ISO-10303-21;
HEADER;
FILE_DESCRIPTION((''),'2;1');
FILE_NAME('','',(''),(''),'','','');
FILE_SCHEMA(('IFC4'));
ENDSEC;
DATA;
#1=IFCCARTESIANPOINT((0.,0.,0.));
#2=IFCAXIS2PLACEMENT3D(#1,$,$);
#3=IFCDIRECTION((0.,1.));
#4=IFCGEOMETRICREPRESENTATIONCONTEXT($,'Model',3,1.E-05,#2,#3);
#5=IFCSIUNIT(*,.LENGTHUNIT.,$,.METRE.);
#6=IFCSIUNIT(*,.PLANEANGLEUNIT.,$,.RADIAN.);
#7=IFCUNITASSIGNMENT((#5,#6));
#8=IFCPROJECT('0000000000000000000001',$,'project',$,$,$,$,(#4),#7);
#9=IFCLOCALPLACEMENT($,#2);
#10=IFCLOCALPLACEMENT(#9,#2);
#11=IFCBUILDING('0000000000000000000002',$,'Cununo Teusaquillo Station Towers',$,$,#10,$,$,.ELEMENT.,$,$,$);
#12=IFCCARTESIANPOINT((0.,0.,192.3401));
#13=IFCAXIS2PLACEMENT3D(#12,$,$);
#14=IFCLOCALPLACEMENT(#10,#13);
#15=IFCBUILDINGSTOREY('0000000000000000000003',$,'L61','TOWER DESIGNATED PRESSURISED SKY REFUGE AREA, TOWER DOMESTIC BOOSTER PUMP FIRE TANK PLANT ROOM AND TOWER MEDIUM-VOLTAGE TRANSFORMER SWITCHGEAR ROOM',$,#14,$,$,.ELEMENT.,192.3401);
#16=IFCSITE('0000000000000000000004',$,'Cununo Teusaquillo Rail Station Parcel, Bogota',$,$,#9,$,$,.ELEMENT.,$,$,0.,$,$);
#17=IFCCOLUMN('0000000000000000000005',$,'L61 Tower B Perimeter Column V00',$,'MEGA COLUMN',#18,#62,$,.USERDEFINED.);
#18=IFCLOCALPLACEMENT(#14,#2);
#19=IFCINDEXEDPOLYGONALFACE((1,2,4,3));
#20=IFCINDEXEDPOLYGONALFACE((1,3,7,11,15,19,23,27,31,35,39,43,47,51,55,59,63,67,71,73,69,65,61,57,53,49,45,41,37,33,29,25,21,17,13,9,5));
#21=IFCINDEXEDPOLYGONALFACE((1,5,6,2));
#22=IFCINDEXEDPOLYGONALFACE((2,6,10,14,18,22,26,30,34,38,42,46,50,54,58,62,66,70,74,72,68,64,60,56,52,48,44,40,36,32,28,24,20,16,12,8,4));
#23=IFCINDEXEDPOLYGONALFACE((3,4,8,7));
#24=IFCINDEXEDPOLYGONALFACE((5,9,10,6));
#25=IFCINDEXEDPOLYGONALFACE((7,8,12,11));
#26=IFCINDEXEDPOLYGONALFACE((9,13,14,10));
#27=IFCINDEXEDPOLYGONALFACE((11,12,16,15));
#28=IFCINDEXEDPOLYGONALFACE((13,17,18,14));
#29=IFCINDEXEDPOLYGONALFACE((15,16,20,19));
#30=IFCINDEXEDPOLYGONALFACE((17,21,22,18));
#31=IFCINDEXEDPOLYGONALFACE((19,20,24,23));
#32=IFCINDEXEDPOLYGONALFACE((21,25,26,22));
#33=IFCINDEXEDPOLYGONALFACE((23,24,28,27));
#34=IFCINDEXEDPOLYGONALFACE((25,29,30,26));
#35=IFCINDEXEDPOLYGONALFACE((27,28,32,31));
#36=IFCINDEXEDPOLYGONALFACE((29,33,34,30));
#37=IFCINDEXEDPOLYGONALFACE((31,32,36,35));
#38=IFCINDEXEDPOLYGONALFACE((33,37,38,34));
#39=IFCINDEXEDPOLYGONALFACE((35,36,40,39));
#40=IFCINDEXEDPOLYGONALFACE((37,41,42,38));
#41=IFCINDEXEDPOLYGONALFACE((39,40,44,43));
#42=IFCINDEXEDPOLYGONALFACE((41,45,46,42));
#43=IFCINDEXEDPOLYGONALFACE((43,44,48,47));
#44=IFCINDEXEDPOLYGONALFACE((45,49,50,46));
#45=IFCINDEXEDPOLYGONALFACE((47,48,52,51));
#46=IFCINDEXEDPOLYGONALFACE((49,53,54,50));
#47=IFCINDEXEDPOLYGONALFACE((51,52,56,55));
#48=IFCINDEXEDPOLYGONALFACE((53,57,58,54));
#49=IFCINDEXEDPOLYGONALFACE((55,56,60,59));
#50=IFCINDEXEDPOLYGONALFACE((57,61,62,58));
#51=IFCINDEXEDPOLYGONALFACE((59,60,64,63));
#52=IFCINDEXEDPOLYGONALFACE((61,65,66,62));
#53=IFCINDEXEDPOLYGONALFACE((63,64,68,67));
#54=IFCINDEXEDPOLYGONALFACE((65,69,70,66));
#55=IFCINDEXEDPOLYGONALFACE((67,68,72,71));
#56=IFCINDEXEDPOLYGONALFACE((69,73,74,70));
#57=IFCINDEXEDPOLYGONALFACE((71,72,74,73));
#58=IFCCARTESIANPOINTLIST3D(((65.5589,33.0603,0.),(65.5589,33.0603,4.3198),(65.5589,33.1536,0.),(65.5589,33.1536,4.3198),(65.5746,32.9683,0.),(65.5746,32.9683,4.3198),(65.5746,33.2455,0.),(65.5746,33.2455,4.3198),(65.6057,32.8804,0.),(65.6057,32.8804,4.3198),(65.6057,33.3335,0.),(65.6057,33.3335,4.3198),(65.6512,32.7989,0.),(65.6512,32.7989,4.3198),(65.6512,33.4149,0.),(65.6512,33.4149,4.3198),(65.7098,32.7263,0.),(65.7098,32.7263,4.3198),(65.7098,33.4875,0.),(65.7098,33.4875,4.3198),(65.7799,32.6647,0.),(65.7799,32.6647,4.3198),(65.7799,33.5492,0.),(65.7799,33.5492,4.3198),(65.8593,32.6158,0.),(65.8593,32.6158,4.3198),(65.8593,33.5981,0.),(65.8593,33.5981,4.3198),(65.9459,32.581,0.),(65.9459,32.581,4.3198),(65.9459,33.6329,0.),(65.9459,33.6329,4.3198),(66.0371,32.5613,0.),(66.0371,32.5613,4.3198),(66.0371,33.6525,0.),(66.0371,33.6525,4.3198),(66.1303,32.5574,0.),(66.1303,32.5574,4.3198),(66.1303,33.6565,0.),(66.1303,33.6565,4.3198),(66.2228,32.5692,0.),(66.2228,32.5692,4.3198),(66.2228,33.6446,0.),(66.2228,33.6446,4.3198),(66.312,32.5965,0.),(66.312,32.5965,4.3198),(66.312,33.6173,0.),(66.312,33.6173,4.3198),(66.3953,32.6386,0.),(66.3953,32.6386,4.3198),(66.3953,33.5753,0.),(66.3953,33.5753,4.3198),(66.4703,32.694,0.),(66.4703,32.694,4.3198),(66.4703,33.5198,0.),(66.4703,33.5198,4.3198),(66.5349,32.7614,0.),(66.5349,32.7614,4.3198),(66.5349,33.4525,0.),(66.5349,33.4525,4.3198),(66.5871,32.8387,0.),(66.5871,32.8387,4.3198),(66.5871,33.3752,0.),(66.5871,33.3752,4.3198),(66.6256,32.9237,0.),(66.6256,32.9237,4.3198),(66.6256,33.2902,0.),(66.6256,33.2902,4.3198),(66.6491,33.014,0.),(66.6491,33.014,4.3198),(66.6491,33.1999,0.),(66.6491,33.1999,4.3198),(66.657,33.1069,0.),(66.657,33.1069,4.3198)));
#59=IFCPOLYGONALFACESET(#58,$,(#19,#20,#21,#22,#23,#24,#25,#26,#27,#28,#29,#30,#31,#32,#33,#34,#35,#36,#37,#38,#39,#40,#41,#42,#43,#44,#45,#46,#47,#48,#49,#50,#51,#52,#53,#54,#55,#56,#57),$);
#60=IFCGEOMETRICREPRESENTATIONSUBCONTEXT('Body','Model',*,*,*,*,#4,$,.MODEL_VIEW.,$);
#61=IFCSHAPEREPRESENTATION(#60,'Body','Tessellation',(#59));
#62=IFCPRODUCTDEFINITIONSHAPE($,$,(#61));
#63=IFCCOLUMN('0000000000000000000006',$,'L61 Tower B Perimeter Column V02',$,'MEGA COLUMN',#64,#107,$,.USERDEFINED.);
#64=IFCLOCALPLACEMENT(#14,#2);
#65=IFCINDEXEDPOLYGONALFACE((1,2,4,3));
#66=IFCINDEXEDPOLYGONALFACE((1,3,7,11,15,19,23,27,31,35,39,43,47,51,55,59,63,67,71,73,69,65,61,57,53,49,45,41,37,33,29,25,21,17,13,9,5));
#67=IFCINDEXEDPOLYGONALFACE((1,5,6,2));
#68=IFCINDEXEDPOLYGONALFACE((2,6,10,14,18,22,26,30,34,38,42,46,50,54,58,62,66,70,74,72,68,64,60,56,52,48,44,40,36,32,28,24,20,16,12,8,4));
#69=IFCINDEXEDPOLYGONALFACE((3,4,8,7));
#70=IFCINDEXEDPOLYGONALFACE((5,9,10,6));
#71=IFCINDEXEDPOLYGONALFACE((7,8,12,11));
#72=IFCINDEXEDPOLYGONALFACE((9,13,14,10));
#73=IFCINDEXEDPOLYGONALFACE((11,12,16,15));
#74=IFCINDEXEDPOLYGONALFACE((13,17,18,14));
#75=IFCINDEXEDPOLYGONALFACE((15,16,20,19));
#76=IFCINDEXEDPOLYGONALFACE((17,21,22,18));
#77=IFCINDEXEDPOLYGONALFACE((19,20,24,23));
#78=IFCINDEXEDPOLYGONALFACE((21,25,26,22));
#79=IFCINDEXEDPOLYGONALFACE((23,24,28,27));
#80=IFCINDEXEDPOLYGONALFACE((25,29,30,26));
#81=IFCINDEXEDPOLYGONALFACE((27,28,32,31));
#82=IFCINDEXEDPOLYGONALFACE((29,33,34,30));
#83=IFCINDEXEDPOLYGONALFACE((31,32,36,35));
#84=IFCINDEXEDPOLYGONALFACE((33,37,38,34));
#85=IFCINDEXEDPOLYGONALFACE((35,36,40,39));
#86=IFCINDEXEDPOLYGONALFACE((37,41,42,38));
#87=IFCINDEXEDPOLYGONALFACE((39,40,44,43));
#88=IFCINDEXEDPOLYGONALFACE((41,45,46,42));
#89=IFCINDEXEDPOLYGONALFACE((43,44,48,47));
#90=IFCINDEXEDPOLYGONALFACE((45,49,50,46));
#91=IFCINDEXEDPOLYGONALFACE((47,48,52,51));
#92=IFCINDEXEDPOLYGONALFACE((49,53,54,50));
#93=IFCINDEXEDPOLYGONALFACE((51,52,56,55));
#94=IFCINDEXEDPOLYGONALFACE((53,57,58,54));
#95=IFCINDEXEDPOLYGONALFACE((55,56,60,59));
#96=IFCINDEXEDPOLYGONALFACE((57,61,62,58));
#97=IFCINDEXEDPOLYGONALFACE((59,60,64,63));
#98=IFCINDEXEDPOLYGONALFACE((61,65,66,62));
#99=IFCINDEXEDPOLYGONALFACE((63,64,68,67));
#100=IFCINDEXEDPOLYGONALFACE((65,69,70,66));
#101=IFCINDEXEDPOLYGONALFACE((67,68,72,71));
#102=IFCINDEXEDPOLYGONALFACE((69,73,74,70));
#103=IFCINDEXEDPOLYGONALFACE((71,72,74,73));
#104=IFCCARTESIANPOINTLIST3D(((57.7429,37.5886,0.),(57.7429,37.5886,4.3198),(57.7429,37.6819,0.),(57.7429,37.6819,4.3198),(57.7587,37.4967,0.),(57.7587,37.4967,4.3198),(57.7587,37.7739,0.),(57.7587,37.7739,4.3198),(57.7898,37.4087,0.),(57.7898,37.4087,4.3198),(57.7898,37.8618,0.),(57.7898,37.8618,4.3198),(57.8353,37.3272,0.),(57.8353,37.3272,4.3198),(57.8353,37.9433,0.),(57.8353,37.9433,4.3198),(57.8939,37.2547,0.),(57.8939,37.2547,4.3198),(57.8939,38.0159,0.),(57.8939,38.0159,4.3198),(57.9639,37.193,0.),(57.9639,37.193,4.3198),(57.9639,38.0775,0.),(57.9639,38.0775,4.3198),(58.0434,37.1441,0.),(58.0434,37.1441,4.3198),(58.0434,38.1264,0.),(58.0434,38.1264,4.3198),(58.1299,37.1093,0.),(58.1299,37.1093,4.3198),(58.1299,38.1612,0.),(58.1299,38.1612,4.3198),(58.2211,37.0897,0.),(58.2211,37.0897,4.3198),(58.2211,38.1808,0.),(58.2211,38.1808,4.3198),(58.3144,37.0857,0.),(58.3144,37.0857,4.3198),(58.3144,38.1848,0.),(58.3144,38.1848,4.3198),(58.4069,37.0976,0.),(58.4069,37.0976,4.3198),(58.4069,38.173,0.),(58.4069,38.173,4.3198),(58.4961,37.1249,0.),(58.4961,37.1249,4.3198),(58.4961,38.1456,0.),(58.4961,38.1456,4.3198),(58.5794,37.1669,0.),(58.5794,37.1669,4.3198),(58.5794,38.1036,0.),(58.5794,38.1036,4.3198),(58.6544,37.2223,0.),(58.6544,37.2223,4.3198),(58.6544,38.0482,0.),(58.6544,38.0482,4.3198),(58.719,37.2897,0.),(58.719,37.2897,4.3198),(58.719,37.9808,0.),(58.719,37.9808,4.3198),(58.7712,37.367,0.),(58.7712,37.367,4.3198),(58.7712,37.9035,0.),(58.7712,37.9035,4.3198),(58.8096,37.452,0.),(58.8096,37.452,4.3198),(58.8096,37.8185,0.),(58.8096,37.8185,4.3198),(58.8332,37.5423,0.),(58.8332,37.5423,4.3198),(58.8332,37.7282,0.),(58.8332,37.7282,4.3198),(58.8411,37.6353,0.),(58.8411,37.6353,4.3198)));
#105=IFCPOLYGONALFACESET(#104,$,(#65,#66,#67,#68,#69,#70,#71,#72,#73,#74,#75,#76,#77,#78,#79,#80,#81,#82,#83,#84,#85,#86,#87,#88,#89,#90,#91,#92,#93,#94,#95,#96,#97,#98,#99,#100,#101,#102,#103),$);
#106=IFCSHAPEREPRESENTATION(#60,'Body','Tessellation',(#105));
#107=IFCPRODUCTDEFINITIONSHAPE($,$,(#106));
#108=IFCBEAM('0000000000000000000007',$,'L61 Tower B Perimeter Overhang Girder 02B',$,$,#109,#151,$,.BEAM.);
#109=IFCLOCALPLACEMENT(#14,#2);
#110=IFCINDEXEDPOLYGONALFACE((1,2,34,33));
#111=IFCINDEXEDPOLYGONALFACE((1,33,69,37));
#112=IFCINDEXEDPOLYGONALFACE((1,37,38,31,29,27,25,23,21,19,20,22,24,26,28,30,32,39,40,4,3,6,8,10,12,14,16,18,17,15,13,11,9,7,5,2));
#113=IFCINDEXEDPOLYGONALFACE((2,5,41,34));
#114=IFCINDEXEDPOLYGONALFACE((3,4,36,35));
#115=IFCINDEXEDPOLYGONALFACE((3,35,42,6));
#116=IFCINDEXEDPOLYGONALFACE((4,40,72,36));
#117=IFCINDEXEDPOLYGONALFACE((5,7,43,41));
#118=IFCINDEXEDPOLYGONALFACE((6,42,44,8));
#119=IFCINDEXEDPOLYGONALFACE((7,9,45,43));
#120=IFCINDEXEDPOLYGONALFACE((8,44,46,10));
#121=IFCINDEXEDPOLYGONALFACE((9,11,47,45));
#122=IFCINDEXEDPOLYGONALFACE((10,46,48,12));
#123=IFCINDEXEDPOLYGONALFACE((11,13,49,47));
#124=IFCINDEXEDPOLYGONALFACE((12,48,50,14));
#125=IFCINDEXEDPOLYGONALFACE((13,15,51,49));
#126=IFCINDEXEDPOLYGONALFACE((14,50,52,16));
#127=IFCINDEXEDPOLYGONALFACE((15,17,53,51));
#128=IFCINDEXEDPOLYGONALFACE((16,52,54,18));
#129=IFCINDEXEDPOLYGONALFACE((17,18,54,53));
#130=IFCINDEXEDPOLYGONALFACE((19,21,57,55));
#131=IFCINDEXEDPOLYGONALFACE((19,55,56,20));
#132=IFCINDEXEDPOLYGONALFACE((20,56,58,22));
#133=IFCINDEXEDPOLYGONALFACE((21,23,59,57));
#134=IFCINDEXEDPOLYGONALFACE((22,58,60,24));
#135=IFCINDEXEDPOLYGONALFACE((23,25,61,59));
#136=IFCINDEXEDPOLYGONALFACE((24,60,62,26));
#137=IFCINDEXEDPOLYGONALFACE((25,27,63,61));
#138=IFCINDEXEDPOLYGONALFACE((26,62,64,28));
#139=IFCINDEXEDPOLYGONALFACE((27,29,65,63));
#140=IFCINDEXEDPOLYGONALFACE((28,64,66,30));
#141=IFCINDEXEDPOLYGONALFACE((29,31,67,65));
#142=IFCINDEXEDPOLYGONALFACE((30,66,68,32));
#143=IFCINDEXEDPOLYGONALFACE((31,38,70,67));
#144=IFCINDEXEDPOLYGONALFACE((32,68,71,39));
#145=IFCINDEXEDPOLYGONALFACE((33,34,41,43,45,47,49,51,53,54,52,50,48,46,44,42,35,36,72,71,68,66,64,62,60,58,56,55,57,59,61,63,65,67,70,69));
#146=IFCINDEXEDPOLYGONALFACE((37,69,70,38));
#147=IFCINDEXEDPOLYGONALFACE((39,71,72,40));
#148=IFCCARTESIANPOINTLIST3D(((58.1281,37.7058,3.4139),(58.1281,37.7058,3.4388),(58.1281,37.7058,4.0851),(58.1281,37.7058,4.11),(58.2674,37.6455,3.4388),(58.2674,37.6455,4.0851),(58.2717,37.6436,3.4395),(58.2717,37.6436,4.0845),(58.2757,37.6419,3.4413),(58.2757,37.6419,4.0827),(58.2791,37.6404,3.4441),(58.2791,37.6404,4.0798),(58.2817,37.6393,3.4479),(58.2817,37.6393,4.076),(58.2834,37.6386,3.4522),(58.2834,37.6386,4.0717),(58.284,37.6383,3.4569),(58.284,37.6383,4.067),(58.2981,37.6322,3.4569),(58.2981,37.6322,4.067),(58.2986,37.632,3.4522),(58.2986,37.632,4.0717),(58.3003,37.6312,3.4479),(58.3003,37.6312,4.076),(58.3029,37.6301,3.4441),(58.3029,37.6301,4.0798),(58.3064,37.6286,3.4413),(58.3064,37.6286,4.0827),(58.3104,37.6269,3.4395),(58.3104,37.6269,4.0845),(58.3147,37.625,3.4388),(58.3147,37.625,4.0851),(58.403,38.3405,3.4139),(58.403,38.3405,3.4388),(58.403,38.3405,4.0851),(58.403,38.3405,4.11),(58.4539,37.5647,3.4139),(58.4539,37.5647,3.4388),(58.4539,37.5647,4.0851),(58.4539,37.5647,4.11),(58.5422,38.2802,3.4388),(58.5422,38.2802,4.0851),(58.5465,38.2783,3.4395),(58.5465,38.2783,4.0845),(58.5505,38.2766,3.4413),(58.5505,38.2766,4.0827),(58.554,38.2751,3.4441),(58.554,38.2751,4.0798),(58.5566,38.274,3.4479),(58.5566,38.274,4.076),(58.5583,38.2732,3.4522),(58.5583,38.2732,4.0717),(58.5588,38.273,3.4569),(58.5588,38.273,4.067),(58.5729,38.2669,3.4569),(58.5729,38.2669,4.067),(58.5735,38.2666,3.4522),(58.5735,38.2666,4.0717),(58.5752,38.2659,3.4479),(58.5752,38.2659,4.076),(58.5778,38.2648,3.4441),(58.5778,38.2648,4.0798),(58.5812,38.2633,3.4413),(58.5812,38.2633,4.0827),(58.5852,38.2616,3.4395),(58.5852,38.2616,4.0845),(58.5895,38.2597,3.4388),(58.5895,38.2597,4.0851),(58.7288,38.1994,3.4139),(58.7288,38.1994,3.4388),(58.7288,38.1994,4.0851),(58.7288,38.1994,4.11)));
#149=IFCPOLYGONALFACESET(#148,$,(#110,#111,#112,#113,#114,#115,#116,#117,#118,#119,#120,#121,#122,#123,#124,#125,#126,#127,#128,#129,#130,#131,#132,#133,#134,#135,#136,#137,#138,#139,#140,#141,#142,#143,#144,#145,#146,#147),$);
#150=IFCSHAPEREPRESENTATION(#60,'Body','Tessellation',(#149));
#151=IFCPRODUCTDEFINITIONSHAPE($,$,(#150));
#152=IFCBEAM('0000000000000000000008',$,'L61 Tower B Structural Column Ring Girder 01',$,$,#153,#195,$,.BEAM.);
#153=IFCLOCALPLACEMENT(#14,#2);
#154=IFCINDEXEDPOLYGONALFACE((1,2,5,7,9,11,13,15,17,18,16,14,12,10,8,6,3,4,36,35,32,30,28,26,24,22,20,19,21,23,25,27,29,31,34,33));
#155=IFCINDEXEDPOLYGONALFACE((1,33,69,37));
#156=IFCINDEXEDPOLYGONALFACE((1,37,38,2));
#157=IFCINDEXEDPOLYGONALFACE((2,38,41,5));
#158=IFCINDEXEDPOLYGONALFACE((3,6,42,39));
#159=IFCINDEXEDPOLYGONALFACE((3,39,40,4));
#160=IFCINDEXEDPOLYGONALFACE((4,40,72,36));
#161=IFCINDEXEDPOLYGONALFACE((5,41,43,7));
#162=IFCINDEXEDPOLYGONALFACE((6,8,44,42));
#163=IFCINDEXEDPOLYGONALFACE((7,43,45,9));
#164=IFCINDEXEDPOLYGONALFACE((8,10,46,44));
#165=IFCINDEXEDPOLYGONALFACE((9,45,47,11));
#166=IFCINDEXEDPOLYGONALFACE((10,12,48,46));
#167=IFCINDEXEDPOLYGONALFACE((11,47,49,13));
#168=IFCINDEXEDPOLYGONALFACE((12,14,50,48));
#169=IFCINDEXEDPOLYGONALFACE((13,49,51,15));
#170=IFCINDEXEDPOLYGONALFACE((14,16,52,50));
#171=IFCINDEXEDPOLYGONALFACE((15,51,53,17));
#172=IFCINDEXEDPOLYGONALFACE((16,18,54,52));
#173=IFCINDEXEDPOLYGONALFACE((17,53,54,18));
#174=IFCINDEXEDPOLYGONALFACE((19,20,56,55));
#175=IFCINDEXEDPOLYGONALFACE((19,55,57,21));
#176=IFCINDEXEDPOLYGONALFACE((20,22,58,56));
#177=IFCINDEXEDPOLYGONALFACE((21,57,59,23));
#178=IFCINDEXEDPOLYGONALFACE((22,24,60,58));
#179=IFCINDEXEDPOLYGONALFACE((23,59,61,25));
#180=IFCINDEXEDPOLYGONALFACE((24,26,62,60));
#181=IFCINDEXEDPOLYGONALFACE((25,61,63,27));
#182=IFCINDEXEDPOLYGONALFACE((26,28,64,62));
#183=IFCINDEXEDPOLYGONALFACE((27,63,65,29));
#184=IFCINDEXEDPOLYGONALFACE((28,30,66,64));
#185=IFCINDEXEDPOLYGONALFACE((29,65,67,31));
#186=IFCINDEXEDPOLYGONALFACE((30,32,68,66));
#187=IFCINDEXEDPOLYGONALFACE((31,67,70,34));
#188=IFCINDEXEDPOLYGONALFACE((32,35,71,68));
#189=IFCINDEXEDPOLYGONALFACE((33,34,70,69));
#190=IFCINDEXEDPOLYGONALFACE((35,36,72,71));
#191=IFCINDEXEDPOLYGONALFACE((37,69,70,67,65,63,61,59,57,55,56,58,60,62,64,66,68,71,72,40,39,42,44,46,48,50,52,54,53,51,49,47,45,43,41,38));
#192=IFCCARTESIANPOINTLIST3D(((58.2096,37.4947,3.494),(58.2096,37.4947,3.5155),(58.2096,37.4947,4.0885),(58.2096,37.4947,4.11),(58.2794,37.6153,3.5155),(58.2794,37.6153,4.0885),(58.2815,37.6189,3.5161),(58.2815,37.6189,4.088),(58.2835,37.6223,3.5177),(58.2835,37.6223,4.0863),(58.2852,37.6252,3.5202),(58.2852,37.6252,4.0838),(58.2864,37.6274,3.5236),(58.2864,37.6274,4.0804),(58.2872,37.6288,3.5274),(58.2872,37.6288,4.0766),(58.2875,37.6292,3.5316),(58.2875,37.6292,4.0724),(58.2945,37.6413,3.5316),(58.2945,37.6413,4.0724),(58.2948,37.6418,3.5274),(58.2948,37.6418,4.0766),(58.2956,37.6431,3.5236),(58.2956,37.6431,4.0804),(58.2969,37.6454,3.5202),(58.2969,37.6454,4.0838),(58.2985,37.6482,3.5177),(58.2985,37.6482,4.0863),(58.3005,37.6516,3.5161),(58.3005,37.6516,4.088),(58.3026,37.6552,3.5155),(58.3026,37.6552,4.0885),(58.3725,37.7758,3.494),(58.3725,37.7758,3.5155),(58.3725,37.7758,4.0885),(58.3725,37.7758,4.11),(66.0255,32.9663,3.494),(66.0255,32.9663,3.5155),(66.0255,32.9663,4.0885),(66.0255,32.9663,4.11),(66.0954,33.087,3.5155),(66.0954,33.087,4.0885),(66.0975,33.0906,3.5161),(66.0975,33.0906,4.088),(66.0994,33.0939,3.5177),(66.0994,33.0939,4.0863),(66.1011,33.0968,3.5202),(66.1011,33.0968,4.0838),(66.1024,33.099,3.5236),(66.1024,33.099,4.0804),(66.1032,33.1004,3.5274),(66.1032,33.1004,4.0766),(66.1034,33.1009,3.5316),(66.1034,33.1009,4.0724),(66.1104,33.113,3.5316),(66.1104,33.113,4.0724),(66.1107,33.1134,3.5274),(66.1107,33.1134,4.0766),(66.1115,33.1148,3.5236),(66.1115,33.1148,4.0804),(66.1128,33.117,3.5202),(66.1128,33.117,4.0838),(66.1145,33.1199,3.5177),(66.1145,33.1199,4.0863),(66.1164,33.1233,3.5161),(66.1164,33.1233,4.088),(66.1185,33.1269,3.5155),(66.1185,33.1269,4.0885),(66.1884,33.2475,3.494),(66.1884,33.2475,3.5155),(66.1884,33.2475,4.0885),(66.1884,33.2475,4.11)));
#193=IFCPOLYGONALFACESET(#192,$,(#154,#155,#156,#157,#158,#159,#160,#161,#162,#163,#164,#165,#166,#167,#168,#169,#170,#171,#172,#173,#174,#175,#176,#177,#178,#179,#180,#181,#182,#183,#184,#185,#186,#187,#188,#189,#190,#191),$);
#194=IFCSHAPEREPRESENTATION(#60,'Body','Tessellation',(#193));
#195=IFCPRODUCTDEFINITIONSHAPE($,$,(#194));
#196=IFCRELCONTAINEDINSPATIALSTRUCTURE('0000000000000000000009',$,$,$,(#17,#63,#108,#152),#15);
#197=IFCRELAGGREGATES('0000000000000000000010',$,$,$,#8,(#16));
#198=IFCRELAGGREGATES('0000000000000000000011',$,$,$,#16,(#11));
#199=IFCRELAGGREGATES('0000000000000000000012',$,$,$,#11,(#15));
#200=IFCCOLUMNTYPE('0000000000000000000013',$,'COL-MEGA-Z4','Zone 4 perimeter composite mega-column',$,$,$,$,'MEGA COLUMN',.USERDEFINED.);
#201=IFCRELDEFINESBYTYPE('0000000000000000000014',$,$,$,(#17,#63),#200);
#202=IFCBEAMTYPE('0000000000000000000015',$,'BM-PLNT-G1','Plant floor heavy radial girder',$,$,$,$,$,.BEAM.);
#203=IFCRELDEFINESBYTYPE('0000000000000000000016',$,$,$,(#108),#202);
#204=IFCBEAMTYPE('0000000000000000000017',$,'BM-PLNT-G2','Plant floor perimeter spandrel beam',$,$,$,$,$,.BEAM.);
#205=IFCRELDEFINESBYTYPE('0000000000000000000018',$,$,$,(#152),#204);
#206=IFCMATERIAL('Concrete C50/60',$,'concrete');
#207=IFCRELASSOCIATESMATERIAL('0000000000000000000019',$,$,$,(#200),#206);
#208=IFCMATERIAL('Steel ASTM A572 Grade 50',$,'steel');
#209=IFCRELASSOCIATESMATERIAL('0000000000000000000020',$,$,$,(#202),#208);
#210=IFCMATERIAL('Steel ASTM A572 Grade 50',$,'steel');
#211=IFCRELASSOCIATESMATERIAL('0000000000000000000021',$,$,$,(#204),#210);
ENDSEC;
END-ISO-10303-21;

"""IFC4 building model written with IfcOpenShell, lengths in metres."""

from ifc_helpers import new_model, si_unit, direction, frame, origin, origin_2d, place, context, subcontext, project, spatial, circle, i_section, extrude, material, material_profile, profile_set, type_object, element, save


model = new_model("IFC4")

# Units and contexts
model_context = context("Model", 3, precision=1e-05, world=origin(), true_north=direction((0.0, 1.0)))
body_context = subcontext(model_context, "Body", "Model", "MODEL_VIEW")
ifc_project = project(units=[si_unit("LENGTHUNIT", "METRE"), si_unit("PLANEANGLEUNIT", "RADIAN")], contexts=[model_context])

# Site, building, storey
site_placement = place(None, origin())
site = spatial("IfcSite", under=ifc_project, at=site_placement, Name="Cununo Teusaquillo Rail Station Parcel, Bogota", CompositionType="ELEMENT", RefElevation=0.0)
building_placement = place(site_placement, origin())
building = spatial("IfcBuilding", under=site, at=building_placement, Name="Cununo Teusaquillo Station Towers", CompositionType="ELEMENT")
storey_placement = place(building_placement, frame((0.0, 0.0, 192.3401)))
storey = spatial("IfcBuildingStorey", under=building, at=storey_placement, Name="L61", Description="TOWER DESIGNATED PRESSURISED SKY REFUGE AREA, TOWER DOMESTIC BOOSTER PUMP FIRE TANK PLANT ROOM AND TOWER MEDIUM-VOLTAGE TRANSFORMER SWITCHGEAR ROOM", CompositionType="ELEMENT", Elevation=192.3401)

# Columns
ifc_material_1 = material(Name="Concrete C50/60", Category="concrete")
ifc_material_profile_1 = material_profile(ifc_material_1, circle(Radius=0.55, at=origin_2d()), Name="RC-CIRC-1100")
ifc_profile_set_1 = profile_set([ifc_material_profile_1], Name="Concrete C50/60")
column_type = type_object("IfcColumnType", Name="COL-MEGA-Z4", Description="Zone 4 perimeter composite mega-column", ElementType="MEGA COLUMN", PredefinedType="USERDEFINED", material=ifc_profile_set_1)
for number, where, z_axis, x_axis, name in (
    (1, (66.1069, 33.1069, 0.0), (0.0, 0.0, 1.0), (1.0, 0.0, 0.0), "L61 Tower B Perimeter Column V00"),
    (2, (58.291, 37.6353, 0.0), (0.0, 0.0, 1.0), (1.0, 0.0, 0.0), "L61 Tower B Perimeter Column V02"),
):
    element("IfcColumn", number, at=place(storey_placement, frame(where, z_axis=z_axis, x_axis=x_axis)), inside=storey, type_object=column_type, Name=name, ObjectType="MEGA COLUMN", PredefinedType="USERDEFINED", context=body_context, shape_type="SweptSolid", body=[
        extrude(circle(Radius=0.55, at=origin_2d()), origin(), (0.0, 0.0, 1.0), 4.3198),
    ])

# Beams
ifc_material_2 = material(Name="Steel ASTM A572 Grade 50", Category="steel")
ifc_material_profile_2 = material_profile(ifc_material_2, i_section(OverallWidth=0.355, OverallDepth=0.696, WebThickness=0.0154, FlangeThickness=0.0249, FilletRadius=0.0181, at=origin_2d()), Name="W27X146")
ifc_profile_set_2 = profile_set([ifc_material_profile_2], Name="Steel ASTM A572 Grade 50")
beam_type_1 = type_object("IfcBeamType", Name="BM-PLNT-G1", Description="Plant floor heavy radial girder", PredefinedType="BEAM", material=ifc_profile_set_2)
beam_1_placement = place(storey_placement, frame((58.291, 37.6353, 3.762), z_axis=(0.397409, 0.917641, 0.0), x_axis=(-0.917641, 0.397409, 0.0)))
element("IfcBeam", 3, at=beam_1_placement, inside=storey, type_object=beam_type_1, Name="L61 Tower B Perimeter Overhang Girder 02B", PredefinedType="BEAM", context=body_context, shape_type="SweptSolid", body=[
    extrude(i_section(OverallWidth=0.355, OverallDepth=0.696, WebThickness=0.0154, FlangeThickness=0.0249, FilletRadius=0.0181, at=origin_2d()), origin(), (0.0, 0.0, 1.0), 0.6917),
])
ifc_material_3 = material(Name="Steel ASTM A572 Grade 50", Category="steel")
ifc_material_profile_3 = material_profile(ifc_material_3, i_section(OverallWidth=0.325, OverallDepth=0.616, WebThickness=0.0139, FlangeThickness=0.0215, FilletRadius=0.0161, at=origin_2d()), Name="W24X117")
ifc_profile_set_3 = profile_set([ifc_material_profile_3], Name="Steel ASTM A572 Grade 50")
beam_type_2 = type_object("IfcBeamType", Name="BM-PLNT-G2", Description="Plant floor perimeter spandrel beam", PredefinedType="BEAM", material=ifc_profile_set_3)
beam_2_placement = place(storey_placement, frame((66.1069, 33.1069, 3.802), z_axis=(-0.865267, 0.501311, 0.0), x_axis=(-0.501311, -0.865267, 0.0)))
element("IfcBeam", 4, at=beam_2_placement, inside=storey, type_object=beam_type_2, Name="L61 Tower B Structural Column Ring Girder 01", PredefinedType="BEAM", context=body_context, shape_type="SweptSolid", body=[
    extrude(i_section(OverallWidth=0.325, OverallDepth=0.616, WebThickness=0.0139, FlangeThickness=0.0215, FilletRadius=0.0161, at=origin_2d()), origin(), (0.0, 0.0, 1.0), 9.033),
])

save(model, "model.ifc")
